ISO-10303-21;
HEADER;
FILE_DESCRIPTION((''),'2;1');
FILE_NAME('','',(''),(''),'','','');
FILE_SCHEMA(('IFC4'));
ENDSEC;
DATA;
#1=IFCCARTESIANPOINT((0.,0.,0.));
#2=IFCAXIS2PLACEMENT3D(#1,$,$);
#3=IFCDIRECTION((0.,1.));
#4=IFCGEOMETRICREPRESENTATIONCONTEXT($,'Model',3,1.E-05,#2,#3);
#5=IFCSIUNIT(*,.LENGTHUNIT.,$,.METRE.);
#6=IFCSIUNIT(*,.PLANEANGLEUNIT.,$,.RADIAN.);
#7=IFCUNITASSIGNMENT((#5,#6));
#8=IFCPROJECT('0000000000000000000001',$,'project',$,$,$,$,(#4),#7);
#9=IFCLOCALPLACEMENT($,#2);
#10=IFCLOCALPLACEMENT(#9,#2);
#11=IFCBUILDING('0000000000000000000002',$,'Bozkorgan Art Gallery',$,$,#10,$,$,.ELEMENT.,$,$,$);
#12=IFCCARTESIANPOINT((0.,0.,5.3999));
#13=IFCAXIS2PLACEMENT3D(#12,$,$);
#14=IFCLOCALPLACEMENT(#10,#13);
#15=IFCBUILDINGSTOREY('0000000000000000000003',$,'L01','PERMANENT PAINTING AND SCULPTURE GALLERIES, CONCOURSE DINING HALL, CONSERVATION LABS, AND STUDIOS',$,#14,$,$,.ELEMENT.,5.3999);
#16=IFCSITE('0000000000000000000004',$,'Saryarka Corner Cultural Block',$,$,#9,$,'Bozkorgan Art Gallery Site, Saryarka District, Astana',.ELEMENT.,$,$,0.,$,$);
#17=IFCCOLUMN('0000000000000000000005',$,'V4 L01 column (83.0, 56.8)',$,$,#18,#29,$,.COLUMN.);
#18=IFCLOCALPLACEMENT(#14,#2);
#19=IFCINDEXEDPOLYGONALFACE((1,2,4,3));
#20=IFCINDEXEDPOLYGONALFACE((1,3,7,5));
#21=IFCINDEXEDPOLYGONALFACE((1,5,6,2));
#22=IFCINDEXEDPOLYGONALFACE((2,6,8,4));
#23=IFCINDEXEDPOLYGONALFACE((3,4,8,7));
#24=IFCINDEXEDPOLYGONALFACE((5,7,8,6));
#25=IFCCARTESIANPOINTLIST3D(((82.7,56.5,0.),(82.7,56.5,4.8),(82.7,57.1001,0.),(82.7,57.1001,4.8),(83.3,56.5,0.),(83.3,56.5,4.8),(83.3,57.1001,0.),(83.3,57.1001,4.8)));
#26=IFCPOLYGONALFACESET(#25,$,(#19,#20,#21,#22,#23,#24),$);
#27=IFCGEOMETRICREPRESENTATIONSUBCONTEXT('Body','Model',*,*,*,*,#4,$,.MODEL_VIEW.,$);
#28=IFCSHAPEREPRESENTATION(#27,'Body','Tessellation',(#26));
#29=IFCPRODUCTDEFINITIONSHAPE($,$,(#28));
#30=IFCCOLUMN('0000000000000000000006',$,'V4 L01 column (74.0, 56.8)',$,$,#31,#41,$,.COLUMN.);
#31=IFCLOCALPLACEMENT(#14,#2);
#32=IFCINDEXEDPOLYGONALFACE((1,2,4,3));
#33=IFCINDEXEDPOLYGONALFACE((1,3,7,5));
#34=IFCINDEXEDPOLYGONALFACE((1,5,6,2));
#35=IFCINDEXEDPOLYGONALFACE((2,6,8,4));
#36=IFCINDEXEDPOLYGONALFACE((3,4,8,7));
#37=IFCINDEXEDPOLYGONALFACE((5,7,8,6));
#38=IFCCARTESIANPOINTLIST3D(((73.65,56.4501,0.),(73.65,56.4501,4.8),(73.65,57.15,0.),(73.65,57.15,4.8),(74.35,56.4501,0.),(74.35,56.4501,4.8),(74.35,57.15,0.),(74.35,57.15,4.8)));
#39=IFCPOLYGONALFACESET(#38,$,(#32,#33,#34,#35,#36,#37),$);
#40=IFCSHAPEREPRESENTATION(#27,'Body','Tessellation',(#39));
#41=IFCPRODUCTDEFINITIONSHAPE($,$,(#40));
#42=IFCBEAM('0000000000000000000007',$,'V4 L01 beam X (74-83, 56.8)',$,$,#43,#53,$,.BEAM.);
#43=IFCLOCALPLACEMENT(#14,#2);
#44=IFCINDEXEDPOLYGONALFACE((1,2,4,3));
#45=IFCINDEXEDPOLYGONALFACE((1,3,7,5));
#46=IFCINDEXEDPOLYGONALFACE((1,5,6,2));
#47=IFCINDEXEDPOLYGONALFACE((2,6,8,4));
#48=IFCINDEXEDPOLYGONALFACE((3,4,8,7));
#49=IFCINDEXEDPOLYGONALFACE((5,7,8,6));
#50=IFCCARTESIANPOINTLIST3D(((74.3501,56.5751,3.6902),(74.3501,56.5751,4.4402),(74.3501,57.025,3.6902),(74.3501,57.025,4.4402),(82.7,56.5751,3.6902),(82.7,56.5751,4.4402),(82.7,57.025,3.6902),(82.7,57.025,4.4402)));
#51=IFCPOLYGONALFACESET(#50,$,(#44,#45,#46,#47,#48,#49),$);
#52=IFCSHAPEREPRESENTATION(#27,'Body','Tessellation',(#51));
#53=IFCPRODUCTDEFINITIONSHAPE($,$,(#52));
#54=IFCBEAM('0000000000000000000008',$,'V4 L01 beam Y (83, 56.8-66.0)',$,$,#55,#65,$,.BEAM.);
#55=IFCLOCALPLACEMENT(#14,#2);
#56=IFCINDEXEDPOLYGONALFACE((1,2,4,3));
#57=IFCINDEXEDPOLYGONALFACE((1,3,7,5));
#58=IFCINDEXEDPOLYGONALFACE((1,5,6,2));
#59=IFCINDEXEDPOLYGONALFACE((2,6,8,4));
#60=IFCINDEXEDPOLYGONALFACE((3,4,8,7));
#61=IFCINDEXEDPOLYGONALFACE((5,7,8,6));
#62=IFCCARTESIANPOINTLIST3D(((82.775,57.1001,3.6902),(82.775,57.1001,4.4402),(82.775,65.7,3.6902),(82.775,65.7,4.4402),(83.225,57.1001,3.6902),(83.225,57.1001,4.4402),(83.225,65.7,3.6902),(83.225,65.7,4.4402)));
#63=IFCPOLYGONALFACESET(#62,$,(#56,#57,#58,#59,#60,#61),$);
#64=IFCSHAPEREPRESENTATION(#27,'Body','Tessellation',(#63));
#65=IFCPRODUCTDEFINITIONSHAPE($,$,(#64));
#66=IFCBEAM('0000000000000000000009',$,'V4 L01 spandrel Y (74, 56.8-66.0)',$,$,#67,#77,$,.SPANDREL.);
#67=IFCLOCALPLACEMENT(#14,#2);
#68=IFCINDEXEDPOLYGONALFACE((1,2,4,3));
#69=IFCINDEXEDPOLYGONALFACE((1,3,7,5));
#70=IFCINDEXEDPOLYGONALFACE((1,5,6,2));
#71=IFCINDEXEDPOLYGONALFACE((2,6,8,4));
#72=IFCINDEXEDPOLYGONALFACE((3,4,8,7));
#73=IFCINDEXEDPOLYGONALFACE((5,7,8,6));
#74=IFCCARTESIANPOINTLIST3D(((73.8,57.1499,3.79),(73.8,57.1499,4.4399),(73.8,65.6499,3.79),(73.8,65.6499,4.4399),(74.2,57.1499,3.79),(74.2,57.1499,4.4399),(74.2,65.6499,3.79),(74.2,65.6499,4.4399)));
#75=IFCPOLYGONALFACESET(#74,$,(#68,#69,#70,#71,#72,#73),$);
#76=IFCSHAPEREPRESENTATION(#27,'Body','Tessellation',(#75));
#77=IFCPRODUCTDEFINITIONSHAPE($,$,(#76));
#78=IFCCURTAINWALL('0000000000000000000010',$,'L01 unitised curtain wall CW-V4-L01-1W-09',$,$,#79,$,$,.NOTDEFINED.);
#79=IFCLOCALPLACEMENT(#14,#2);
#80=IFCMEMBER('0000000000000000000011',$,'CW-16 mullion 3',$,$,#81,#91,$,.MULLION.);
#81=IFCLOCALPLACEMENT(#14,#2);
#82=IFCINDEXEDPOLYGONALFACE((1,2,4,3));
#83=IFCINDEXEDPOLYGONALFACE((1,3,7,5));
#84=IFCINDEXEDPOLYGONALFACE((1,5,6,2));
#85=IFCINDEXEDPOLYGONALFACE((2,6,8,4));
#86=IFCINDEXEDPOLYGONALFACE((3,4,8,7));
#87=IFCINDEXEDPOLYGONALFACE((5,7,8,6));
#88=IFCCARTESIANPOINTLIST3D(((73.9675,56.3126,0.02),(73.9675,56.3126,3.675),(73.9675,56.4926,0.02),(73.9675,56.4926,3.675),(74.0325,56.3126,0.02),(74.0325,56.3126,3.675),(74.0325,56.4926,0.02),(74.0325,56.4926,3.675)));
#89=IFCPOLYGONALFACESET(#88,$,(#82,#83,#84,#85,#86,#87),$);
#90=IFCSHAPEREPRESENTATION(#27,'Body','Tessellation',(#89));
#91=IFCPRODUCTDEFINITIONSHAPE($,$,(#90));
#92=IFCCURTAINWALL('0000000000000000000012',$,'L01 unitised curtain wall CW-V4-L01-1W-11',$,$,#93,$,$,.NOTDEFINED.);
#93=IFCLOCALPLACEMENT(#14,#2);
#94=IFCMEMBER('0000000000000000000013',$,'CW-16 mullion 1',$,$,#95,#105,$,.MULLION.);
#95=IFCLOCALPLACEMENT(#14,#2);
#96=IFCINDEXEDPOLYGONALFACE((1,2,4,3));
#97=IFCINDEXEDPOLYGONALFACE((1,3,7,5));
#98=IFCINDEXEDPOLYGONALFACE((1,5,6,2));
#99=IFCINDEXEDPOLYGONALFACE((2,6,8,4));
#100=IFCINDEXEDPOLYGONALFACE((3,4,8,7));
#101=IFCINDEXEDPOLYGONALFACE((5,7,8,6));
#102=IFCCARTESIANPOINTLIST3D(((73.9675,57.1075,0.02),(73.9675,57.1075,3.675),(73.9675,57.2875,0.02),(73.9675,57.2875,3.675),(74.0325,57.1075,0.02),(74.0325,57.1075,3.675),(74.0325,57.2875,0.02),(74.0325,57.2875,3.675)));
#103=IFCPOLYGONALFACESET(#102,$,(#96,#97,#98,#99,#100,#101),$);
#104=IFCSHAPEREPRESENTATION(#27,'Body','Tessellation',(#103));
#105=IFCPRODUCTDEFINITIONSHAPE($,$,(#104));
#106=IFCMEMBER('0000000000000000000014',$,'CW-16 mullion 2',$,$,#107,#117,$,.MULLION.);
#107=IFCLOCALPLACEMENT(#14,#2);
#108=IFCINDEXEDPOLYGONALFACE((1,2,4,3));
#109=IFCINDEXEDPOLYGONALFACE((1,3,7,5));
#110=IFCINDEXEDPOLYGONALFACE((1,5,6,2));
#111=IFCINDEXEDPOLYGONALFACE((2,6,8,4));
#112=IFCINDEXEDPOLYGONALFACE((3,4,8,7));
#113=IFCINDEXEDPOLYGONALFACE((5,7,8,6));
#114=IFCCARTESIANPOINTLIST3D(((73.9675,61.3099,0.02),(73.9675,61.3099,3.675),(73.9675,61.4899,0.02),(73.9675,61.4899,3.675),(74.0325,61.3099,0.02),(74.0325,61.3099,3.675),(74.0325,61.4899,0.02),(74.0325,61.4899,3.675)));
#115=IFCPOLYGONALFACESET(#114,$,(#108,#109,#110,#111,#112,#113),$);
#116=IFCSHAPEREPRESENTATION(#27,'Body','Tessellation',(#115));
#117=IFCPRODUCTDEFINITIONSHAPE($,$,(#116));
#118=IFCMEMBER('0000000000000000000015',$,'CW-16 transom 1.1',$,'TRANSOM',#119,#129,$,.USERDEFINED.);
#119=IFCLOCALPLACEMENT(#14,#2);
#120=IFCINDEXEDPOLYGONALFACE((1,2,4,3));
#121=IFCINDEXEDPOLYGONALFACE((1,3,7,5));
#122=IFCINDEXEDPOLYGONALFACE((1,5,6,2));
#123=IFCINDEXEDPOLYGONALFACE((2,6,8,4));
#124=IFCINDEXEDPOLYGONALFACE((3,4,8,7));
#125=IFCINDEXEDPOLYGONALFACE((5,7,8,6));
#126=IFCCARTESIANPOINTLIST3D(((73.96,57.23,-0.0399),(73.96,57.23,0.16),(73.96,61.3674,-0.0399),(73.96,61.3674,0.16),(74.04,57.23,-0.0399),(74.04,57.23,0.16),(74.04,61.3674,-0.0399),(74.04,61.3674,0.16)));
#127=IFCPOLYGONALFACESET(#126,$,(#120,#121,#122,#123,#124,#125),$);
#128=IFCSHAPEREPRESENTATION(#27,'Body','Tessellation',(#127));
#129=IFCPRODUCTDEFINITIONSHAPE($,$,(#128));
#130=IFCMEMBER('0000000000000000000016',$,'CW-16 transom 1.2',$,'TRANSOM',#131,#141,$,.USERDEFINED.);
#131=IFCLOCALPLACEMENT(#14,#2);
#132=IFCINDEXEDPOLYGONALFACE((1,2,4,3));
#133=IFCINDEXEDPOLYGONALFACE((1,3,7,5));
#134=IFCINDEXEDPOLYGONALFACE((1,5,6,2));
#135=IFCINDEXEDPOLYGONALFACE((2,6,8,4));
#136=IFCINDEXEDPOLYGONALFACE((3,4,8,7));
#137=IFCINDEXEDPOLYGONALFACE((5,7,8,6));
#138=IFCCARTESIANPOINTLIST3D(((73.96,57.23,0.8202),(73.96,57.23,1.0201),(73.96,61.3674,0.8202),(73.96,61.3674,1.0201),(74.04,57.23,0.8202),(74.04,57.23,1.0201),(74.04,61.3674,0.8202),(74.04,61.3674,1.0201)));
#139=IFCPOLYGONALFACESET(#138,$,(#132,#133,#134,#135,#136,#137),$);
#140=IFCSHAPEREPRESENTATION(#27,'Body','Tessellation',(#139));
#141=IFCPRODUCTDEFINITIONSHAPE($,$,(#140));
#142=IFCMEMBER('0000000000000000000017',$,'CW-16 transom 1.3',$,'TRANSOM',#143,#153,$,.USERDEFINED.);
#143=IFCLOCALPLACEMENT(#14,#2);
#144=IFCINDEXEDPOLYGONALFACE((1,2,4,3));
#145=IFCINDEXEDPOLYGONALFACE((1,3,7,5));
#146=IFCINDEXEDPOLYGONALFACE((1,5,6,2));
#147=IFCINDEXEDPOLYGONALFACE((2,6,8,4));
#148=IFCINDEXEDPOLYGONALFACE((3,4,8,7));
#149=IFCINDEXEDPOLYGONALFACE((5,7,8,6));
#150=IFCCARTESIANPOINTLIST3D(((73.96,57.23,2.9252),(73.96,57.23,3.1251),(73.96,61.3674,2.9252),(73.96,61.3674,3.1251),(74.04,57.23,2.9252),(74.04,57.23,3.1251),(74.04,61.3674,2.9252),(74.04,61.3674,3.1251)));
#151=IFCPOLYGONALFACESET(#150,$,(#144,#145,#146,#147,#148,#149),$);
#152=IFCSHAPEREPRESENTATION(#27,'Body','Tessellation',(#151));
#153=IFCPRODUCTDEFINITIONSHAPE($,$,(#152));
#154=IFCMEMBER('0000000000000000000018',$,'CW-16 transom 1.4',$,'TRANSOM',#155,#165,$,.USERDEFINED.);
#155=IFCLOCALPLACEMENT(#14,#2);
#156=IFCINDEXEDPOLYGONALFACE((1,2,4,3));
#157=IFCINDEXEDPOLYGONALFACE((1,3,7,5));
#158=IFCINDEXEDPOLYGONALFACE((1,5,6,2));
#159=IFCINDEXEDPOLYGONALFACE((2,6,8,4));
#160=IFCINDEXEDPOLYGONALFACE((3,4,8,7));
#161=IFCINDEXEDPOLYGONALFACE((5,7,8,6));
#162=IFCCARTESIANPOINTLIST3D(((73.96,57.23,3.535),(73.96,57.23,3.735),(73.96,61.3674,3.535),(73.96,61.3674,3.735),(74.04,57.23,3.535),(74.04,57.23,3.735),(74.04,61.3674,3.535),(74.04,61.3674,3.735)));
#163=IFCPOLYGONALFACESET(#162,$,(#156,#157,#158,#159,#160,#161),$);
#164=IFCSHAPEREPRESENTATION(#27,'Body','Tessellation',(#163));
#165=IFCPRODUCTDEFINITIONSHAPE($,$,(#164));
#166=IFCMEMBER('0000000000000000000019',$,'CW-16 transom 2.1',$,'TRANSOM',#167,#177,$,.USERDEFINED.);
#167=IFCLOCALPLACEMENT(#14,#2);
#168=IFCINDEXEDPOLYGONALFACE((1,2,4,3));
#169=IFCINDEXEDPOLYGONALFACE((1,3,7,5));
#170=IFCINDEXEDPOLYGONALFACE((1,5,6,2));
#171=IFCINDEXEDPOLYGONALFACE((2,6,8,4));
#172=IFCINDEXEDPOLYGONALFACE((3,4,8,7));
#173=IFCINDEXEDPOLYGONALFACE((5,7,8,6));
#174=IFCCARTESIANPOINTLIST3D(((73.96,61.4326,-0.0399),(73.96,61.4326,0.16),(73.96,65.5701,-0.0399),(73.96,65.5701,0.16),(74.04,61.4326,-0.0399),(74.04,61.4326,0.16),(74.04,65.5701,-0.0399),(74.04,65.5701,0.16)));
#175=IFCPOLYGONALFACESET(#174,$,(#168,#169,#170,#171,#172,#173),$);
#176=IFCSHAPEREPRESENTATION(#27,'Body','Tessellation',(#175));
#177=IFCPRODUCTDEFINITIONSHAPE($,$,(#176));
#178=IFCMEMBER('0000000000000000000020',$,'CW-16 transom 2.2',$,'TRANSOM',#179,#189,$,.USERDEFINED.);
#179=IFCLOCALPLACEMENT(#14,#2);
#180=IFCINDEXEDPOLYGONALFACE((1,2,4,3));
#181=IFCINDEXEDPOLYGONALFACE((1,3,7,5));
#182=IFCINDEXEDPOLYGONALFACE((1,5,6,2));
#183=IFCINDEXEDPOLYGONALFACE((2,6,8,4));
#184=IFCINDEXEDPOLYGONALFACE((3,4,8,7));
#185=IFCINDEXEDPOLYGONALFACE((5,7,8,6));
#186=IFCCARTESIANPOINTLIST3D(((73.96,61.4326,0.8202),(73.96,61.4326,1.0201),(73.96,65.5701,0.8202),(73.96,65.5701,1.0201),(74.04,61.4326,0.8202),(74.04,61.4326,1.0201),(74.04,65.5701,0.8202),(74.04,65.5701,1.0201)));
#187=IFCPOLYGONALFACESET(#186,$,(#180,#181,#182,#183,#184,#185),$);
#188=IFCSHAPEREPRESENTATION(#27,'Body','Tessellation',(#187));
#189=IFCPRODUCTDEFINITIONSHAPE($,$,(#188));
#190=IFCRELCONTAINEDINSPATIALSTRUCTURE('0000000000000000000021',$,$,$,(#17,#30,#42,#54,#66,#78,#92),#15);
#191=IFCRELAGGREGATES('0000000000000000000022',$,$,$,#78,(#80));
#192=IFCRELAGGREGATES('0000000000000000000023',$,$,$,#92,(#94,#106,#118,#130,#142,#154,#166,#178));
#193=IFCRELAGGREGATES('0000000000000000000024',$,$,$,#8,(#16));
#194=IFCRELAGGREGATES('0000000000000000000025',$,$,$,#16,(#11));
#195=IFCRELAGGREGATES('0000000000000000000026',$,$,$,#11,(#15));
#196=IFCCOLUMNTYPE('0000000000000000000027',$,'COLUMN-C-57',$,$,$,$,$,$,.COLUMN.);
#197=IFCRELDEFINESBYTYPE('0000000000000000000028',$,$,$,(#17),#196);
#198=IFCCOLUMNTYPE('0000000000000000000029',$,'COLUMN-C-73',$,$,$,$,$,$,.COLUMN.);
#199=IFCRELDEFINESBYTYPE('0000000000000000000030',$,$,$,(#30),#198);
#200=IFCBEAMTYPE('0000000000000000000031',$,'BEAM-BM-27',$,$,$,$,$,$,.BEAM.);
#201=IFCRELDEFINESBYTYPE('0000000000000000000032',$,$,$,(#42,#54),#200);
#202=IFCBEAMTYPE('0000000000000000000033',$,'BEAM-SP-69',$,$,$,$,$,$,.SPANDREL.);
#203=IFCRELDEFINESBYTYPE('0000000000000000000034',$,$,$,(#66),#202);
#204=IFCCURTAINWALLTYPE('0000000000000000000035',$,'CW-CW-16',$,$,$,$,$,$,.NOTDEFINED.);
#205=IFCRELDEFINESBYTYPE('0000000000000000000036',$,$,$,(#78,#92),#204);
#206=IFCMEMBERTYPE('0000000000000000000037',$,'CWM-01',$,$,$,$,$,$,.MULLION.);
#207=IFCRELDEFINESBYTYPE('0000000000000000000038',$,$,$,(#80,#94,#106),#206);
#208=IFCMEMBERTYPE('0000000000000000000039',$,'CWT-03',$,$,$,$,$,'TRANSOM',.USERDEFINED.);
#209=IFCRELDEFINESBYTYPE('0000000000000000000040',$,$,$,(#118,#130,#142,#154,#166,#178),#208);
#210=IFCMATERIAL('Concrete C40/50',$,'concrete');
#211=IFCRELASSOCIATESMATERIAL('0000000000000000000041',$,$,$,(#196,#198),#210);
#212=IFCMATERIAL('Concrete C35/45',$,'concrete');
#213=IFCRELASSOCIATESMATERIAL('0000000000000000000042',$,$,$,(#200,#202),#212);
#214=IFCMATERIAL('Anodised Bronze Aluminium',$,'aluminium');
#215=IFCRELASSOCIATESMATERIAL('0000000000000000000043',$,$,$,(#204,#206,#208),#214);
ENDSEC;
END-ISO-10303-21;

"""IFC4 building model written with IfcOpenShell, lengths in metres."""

from ifc_helpers import new_model, si_unit, direction, frame, origin, origin_2d, place, context, subcontext, project, spatial, rectangle, extrude, material, material_profile, profile_set, type_object, element, aggregate, save


model = new_model("IFC4")

# Units and contexts
model_context = context("Model", 3, precision=1e-05, world=origin(), true_north=direction((0.0, 1.0)))
body_context = subcontext(model_context, "Body", "Model", "MODEL_VIEW")
ifc_project = project(units=[si_unit("LENGTHUNIT", "METRE"), si_unit("PLANEANGLEUNIT", "RADIAN")], contexts=[model_context])

# Site, building, storey
site_placement = place(None, origin())
site = spatial("IfcSite", under=ifc_project, at=site_placement, Name="Saryarka Corner Cultural Block", LongName="Bozkorgan Art Gallery Site, Saryarka District, Astana", CompositionType="ELEMENT", RefElevation=0.0)
building_placement = place(site_placement, origin())
building = spatial("IfcBuilding", under=site, at=building_placement, Name="Bozkorgan Art Gallery", CompositionType="ELEMENT")
storey_placement = place(building_placement, frame((0.0, 0.0, 5.3999)))
storey = spatial("IfcBuildingStorey", under=building, at=storey_placement, Name="L01", Description="PERMANENT PAINTING AND SCULPTURE GALLERIES, CONCOURSE DINING HALL, CONSERVATION LABS, AND STUDIOS", CompositionType="ELEMENT", Elevation=5.3999)

# Columns
ifc_material_1 = material(Name="Concrete C40/50", Category="concrete")
ifc_material_profile_1 = material_profile(ifc_material_1, rectangle(XDim=0.6001, YDim=0.6001, at=origin_2d()), Name="RC 600x600")
ifc_profile_set_1 = profile_set([ifc_material_profile_1], Name="Concrete C40/50")
column_type_1 = type_object("IfcColumnType", Name="COLUMN-C-57", PredefinedType="COLUMN", material=ifc_profile_set_1)
column_1_placement = place(storey_placement, frame((83.0, 56.8, 0.0), z_axis=(0.0, 0.0, 1.0), x_axis=(1.0, 0.0, 0.0)))
element("IfcColumn", 1, at=column_1_placement, inside=storey, type_object=column_type_1, Name="V4 L01 column (83.0, 56.8)", PredefinedType="COLUMN", context=body_context, shape_type="SweptSolid", body=[
    extrude(rectangle(XDim=0.6001, YDim=0.6001, at=origin_2d()), origin(), (0.0, 0.0, 1.0), 4.8),
])
ifc_material_profile_2 = material_profile(ifc_material_1, rectangle(XDim=0.7, YDim=0.7, at=origin_2d()), Name="RC 700x700")
ifc_profile_set_2 = profile_set([ifc_material_profile_2], Name="Concrete C40/50")
column_type_2 = type_object("IfcColumnType", Name="COLUMN-C-73", PredefinedType="COLUMN", material=ifc_profile_set_2)
column_2_placement = place(storey_placement, frame((74.0, 56.8, 0.0), z_axis=(0.0, 0.0, 1.0), x_axis=(1.0, 0.0, 0.0)))
element("IfcColumn", 2, at=column_2_placement, inside=storey, type_object=column_type_2, Name="V4 L01 column (74.0, 56.8)", PredefinedType="COLUMN", context=body_context, shape_type="SweptSolid", body=[
    extrude(rectangle(XDim=0.7, YDim=0.7, at=origin_2d()), origin(), (0.0, 0.0, 1.0), 4.8),
])

# Beams
ifc_material_2 = material(Name="Concrete C35/45", Category="concrete")
ifc_material_profile_3 = material_profile(ifc_material_2, rectangle(XDim=0.45, YDim=0.75, at=origin_2d()), Name="RC 450x750")
ifc_profile_set_3 = profile_set([ifc_material_profile_3], Name="Concrete C35/45")
beam_type_1 = type_object("IfcBeamType", Name="BEAM-BM-27", PredefinedType="BEAM", material=ifc_profile_set_3)
beam_1_placement = place(storey_placement, frame((74.3501, 56.8, 4.0652), z_axis=(1.0, 0.0, 0.0), x_axis=(0.0, 1.0, 0.0)))
element("IfcBeam", 3, at=beam_1_placement, inside=storey, type_object=beam_type_1, Name="V4 L01 beam X (74-83, 56.8)", PredefinedType="BEAM", context=body_context, shape_type="SweptSolid", body=[
    extrude(rectangle(XDim=0.45, YDim=0.75, at=origin_2d()), origin(), (0.0, 0.0, 1.0), 8.3499),
])
beam_2_placement = place(storey_placement, frame((83.0, 57.1001, 4.0652), z_axis=(0.0, 1.0, 0.0), x_axis=(-1.0, 0.0, 0.0)))
element("IfcBeam", 4, at=beam_2_placement, inside=storey, type_object=beam_type_1, Name="V4 L01 beam Y (83, 56.8-66.0)", PredefinedType="BEAM", context=body_context, shape_type="SweptSolid", body=[
    extrude(rectangle(XDim=0.45, YDim=0.75, at=origin_2d()), origin(), (0.0, 0.0, 1.0), 8.5999),
])
ifc_material_profile_4 = material_profile(ifc_material_2, rectangle(XDim=0.3999, YDim=0.6499, at=origin_2d()), Name="RC 400x650")
ifc_profile_set_4 = profile_set([ifc_material_profile_4], Name="Concrete C35/45")
beam_type_2 = type_object("IfcBeamType", Name="BEAM-SP-69", PredefinedType="SPANDREL", material=ifc_profile_set_4)
beam_3_placement = place(storey_placement, frame((74.0, 57.1499, 4.115), z_axis=(0.0, 1.0, 0.0), x_axis=(-1.0, 0.0, 0.0)))
element("IfcBeam", 5, at=beam_3_placement, inside=storey, type_object=beam_type_2, Name="V4 L01 spandrel Y (74, 56.8-66.0)", PredefinedType="SPANDREL", context=body_context, shape_type="SweptSolid", body=[
    extrude(rectangle(XDim=0.3999, YDim=0.6499, at=origin_2d()), origin(), (0.0, 0.0, 1.0), 8.5),
])

# Curtain wall, member
ifc_material_3 = material(Name="Anodised Bronze Aluminium", Category="aluminium")
curtain_wall_type = type_object("IfcCurtainWallType", Name="CW-CW-16", PredefinedType="NOTDEFINED", material=ifc_material_3)
curtain_wall_1_placement = place(storey_placement, origin())
curtain_wall_1 = element("IfcCurtainWall", 6, at=curtain_wall_1_placement, inside=storey, type_object=curtain_wall_type, Name="L01 unitised curtain wall CW-V4-L01-1W-09", PredefinedType="NOTDEFINED")
ifc_material_profile_5 = material_profile(ifc_material_3, rectangle(XDim=0.0649, YDim=0.1799, at=origin_2d()), Name="ALU MULLION 65x180")
ifc_profile_set_5 = profile_set([ifc_material_profile_5], Name="Anodised Bronze Aluminium")
member_type_1 = type_object("IfcMemberType", Name="CWM-01", PredefinedType="MULLION", material=ifc_profile_set_5)
member_1_placement = place(storey_placement, frame((74.0, 56.4026, 0.02), z_axis=(0.0, 0.0, 1.0), x_axis=(-1.0, 0.0, 0.0)))
member_1 = element("IfcMember", 7, at=member_1_placement, type_object=member_type_1, Name="CW-16 mullion 3", PredefinedType="MULLION", context=body_context, shape_type="SweptSolid", body=[
    extrude(rectangle(XDim=0.0649, YDim=0.1799, at=origin_2d()), origin(), (0.0, 0.0, 1.0), 3.655),
])

# Curtain wall, members
curtain_wall_2_placement = place(storey_placement, origin())
curtain_wall_2 = element("IfcCurtainWall", 8, at=curtain_wall_2_placement, inside=storey, type_object=curtain_wall_type, Name="L01 unitised curtain wall CW-V4-L01-1W-11", PredefinedType="NOTDEFINED")
member_2_placement = place(storey_placement, frame((74.0, 57.1975, 0.02), z_axis=(0.0, 0.0, 1.0), x_axis=(-1.0, 0.0, 0.0)))
member_2 = element("IfcMember", 9, at=member_2_placement, type_object=member_type_1, Name="CW-16 mullion 1", PredefinedType="MULLION", context=body_context, shape_type="SweptSolid", body=[
    extrude(rectangle(XDim=0.0649, YDim=0.1799, at=origin_2d()), origin(), (0.0, 0.0, 1.0), 3.655),
])
member_3_placement = place(storey_placement, frame((74.0, 61.3999, 0.02), z_axis=(0.0, 0.0, 1.0), x_axis=(-1.0, 0.0, 0.0)))
member_3 = element("IfcMember", 10, at=member_3_placement, type_object=member_type_1, Name="CW-16 mullion 2", PredefinedType="MULLION", context=body_context, shape_type="SweptSolid", body=[
    extrude(rectangle(XDim=0.0649, YDim=0.1799, at=origin_2d()), origin(), (0.0, 0.0, 1.0), 3.655),
])
ifc_material_profile_6 = material_profile(ifc_material_3, rectangle(XDim=0.0801, YDim=0.2, at=origin_2d()), Name="ALU TRANSOM 80x200")
ifc_profile_set_6 = profile_set([ifc_material_profile_6], Name="Anodised Bronze Aluminium")
member_type_2 = type_object("IfcMemberType", Name="CWT-03", ElementType="TRANSOM", PredefinedType="USERDEFINED", material=ifc_profile_set_6)
member_4_placement = place(storey_placement, frame((74.0, 57.23, 0.0601), z_axis=(0.0, 1.0, 0.0), x_axis=(-1.0, 0.0, 0.0)))
member_4 = element("IfcMember", 11, at=member_4_placement, type_object=member_type_2, Name="CW-16 transom 1.1", ObjectType="TRANSOM", PredefinedType="USERDEFINED", context=body_context, shape_type="SweptSolid", body=[
    extrude(rectangle(XDim=0.0801, YDim=0.2, at=origin_2d()), origin(), (0.0, 0.0, 1.0), 4.1375),
])
member_5_placement = place(storey_placement, frame((74.0, 57.23, 0.9202), z_axis=(0.0, 1.0, 0.0), x_axis=(-1.0, 0.0, 0.0)))
member_5 = element("IfcMember", 12, at=member_5_placement, type_object=member_type_2, Name="CW-16 transom 1.2", ObjectType="TRANSOM", PredefinedType="USERDEFINED", context=body_context, shape_type="SweptSolid", body=[
    extrude(rectangle(XDim=0.0801, YDim=0.2, at=origin_2d()), origin(), (0.0, 0.0, 1.0), 4.1375),
])
member_6_placement = place(storey_placement, frame((74.0, 57.23, 3.0251), z_axis=(0.0, 1.0, 0.0), x_axis=(-1.0, 0.0, 0.0)))
member_6 = element("IfcMember", 13, at=member_6_placement, type_object=member_type_2, Name="CW-16 transom 1.3", ObjectType="TRANSOM", PredefinedType="USERDEFINED", context=body_context, shape_type="SweptSolid", body=[
    extrude(rectangle(XDim=0.0801, YDim=0.2, at=origin_2d()), origin(), (0.0, 0.0, 1.0), 4.1375),
])
member_7_placement = place(storey_placement, frame((74.0, 57.23, 3.635), z_axis=(0.0, 1.0, 0.0), x_axis=(-1.0, 0.0, 0.0)))
member_7 = element("IfcMember", 14, at=member_7_placement, type_object=member_type_2, Name="CW-16 transom 1.4", ObjectType="TRANSOM", PredefinedType="USERDEFINED", context=body_context, shape_type="SweptSolid", body=[
    extrude(rectangle(XDim=0.0801, YDim=0.2, at=origin_2d()), origin(), (0.0, 0.0, 1.0), 4.1375),
])
member_8_placement = place(storey_placement, frame((74.0, 61.4326, 0.0601), z_axis=(0.0, 1.0, 0.0), x_axis=(-1.0, 0.0, 0.0)))
member_8 = element("IfcMember", 15, at=member_8_placement, type_object=member_type_2, Name="CW-16 transom 2.1", ObjectType="TRANSOM", PredefinedType="USERDEFINED", context=body_context, shape_type="SweptSolid", body=[
    extrude(rectangle(XDim=0.0801, YDim=0.2, at=origin_2d()), origin(), (0.0, 0.0, 1.0), 4.1375),
])
member_9_placement = place(storey_placement, frame((74.0, 61.4326, 0.9202), z_axis=(0.0, 1.0, 0.0), x_axis=(-1.0, 0.0, 0.0)))
member_9 = element("IfcMember", 16, at=member_9_placement, type_object=member_type_2, Name="CW-16 transom 2.2", ObjectType="TRANSOM", PredefinedType="USERDEFINED", context=body_context, shape_type="SweptSolid", body=[
    extrude(rectangle(XDim=0.0801, YDim=0.2, at=origin_2d()), origin(), (0.0, 0.0, 1.0), 4.1375),
])

aggregate(curtain_wall_1, [member_1])
aggregate(curtain_wall_2, [member_2, member_3, member_4, member_5, member_6, member_7, member_8, member_9])

save(model, "model.ifc")
